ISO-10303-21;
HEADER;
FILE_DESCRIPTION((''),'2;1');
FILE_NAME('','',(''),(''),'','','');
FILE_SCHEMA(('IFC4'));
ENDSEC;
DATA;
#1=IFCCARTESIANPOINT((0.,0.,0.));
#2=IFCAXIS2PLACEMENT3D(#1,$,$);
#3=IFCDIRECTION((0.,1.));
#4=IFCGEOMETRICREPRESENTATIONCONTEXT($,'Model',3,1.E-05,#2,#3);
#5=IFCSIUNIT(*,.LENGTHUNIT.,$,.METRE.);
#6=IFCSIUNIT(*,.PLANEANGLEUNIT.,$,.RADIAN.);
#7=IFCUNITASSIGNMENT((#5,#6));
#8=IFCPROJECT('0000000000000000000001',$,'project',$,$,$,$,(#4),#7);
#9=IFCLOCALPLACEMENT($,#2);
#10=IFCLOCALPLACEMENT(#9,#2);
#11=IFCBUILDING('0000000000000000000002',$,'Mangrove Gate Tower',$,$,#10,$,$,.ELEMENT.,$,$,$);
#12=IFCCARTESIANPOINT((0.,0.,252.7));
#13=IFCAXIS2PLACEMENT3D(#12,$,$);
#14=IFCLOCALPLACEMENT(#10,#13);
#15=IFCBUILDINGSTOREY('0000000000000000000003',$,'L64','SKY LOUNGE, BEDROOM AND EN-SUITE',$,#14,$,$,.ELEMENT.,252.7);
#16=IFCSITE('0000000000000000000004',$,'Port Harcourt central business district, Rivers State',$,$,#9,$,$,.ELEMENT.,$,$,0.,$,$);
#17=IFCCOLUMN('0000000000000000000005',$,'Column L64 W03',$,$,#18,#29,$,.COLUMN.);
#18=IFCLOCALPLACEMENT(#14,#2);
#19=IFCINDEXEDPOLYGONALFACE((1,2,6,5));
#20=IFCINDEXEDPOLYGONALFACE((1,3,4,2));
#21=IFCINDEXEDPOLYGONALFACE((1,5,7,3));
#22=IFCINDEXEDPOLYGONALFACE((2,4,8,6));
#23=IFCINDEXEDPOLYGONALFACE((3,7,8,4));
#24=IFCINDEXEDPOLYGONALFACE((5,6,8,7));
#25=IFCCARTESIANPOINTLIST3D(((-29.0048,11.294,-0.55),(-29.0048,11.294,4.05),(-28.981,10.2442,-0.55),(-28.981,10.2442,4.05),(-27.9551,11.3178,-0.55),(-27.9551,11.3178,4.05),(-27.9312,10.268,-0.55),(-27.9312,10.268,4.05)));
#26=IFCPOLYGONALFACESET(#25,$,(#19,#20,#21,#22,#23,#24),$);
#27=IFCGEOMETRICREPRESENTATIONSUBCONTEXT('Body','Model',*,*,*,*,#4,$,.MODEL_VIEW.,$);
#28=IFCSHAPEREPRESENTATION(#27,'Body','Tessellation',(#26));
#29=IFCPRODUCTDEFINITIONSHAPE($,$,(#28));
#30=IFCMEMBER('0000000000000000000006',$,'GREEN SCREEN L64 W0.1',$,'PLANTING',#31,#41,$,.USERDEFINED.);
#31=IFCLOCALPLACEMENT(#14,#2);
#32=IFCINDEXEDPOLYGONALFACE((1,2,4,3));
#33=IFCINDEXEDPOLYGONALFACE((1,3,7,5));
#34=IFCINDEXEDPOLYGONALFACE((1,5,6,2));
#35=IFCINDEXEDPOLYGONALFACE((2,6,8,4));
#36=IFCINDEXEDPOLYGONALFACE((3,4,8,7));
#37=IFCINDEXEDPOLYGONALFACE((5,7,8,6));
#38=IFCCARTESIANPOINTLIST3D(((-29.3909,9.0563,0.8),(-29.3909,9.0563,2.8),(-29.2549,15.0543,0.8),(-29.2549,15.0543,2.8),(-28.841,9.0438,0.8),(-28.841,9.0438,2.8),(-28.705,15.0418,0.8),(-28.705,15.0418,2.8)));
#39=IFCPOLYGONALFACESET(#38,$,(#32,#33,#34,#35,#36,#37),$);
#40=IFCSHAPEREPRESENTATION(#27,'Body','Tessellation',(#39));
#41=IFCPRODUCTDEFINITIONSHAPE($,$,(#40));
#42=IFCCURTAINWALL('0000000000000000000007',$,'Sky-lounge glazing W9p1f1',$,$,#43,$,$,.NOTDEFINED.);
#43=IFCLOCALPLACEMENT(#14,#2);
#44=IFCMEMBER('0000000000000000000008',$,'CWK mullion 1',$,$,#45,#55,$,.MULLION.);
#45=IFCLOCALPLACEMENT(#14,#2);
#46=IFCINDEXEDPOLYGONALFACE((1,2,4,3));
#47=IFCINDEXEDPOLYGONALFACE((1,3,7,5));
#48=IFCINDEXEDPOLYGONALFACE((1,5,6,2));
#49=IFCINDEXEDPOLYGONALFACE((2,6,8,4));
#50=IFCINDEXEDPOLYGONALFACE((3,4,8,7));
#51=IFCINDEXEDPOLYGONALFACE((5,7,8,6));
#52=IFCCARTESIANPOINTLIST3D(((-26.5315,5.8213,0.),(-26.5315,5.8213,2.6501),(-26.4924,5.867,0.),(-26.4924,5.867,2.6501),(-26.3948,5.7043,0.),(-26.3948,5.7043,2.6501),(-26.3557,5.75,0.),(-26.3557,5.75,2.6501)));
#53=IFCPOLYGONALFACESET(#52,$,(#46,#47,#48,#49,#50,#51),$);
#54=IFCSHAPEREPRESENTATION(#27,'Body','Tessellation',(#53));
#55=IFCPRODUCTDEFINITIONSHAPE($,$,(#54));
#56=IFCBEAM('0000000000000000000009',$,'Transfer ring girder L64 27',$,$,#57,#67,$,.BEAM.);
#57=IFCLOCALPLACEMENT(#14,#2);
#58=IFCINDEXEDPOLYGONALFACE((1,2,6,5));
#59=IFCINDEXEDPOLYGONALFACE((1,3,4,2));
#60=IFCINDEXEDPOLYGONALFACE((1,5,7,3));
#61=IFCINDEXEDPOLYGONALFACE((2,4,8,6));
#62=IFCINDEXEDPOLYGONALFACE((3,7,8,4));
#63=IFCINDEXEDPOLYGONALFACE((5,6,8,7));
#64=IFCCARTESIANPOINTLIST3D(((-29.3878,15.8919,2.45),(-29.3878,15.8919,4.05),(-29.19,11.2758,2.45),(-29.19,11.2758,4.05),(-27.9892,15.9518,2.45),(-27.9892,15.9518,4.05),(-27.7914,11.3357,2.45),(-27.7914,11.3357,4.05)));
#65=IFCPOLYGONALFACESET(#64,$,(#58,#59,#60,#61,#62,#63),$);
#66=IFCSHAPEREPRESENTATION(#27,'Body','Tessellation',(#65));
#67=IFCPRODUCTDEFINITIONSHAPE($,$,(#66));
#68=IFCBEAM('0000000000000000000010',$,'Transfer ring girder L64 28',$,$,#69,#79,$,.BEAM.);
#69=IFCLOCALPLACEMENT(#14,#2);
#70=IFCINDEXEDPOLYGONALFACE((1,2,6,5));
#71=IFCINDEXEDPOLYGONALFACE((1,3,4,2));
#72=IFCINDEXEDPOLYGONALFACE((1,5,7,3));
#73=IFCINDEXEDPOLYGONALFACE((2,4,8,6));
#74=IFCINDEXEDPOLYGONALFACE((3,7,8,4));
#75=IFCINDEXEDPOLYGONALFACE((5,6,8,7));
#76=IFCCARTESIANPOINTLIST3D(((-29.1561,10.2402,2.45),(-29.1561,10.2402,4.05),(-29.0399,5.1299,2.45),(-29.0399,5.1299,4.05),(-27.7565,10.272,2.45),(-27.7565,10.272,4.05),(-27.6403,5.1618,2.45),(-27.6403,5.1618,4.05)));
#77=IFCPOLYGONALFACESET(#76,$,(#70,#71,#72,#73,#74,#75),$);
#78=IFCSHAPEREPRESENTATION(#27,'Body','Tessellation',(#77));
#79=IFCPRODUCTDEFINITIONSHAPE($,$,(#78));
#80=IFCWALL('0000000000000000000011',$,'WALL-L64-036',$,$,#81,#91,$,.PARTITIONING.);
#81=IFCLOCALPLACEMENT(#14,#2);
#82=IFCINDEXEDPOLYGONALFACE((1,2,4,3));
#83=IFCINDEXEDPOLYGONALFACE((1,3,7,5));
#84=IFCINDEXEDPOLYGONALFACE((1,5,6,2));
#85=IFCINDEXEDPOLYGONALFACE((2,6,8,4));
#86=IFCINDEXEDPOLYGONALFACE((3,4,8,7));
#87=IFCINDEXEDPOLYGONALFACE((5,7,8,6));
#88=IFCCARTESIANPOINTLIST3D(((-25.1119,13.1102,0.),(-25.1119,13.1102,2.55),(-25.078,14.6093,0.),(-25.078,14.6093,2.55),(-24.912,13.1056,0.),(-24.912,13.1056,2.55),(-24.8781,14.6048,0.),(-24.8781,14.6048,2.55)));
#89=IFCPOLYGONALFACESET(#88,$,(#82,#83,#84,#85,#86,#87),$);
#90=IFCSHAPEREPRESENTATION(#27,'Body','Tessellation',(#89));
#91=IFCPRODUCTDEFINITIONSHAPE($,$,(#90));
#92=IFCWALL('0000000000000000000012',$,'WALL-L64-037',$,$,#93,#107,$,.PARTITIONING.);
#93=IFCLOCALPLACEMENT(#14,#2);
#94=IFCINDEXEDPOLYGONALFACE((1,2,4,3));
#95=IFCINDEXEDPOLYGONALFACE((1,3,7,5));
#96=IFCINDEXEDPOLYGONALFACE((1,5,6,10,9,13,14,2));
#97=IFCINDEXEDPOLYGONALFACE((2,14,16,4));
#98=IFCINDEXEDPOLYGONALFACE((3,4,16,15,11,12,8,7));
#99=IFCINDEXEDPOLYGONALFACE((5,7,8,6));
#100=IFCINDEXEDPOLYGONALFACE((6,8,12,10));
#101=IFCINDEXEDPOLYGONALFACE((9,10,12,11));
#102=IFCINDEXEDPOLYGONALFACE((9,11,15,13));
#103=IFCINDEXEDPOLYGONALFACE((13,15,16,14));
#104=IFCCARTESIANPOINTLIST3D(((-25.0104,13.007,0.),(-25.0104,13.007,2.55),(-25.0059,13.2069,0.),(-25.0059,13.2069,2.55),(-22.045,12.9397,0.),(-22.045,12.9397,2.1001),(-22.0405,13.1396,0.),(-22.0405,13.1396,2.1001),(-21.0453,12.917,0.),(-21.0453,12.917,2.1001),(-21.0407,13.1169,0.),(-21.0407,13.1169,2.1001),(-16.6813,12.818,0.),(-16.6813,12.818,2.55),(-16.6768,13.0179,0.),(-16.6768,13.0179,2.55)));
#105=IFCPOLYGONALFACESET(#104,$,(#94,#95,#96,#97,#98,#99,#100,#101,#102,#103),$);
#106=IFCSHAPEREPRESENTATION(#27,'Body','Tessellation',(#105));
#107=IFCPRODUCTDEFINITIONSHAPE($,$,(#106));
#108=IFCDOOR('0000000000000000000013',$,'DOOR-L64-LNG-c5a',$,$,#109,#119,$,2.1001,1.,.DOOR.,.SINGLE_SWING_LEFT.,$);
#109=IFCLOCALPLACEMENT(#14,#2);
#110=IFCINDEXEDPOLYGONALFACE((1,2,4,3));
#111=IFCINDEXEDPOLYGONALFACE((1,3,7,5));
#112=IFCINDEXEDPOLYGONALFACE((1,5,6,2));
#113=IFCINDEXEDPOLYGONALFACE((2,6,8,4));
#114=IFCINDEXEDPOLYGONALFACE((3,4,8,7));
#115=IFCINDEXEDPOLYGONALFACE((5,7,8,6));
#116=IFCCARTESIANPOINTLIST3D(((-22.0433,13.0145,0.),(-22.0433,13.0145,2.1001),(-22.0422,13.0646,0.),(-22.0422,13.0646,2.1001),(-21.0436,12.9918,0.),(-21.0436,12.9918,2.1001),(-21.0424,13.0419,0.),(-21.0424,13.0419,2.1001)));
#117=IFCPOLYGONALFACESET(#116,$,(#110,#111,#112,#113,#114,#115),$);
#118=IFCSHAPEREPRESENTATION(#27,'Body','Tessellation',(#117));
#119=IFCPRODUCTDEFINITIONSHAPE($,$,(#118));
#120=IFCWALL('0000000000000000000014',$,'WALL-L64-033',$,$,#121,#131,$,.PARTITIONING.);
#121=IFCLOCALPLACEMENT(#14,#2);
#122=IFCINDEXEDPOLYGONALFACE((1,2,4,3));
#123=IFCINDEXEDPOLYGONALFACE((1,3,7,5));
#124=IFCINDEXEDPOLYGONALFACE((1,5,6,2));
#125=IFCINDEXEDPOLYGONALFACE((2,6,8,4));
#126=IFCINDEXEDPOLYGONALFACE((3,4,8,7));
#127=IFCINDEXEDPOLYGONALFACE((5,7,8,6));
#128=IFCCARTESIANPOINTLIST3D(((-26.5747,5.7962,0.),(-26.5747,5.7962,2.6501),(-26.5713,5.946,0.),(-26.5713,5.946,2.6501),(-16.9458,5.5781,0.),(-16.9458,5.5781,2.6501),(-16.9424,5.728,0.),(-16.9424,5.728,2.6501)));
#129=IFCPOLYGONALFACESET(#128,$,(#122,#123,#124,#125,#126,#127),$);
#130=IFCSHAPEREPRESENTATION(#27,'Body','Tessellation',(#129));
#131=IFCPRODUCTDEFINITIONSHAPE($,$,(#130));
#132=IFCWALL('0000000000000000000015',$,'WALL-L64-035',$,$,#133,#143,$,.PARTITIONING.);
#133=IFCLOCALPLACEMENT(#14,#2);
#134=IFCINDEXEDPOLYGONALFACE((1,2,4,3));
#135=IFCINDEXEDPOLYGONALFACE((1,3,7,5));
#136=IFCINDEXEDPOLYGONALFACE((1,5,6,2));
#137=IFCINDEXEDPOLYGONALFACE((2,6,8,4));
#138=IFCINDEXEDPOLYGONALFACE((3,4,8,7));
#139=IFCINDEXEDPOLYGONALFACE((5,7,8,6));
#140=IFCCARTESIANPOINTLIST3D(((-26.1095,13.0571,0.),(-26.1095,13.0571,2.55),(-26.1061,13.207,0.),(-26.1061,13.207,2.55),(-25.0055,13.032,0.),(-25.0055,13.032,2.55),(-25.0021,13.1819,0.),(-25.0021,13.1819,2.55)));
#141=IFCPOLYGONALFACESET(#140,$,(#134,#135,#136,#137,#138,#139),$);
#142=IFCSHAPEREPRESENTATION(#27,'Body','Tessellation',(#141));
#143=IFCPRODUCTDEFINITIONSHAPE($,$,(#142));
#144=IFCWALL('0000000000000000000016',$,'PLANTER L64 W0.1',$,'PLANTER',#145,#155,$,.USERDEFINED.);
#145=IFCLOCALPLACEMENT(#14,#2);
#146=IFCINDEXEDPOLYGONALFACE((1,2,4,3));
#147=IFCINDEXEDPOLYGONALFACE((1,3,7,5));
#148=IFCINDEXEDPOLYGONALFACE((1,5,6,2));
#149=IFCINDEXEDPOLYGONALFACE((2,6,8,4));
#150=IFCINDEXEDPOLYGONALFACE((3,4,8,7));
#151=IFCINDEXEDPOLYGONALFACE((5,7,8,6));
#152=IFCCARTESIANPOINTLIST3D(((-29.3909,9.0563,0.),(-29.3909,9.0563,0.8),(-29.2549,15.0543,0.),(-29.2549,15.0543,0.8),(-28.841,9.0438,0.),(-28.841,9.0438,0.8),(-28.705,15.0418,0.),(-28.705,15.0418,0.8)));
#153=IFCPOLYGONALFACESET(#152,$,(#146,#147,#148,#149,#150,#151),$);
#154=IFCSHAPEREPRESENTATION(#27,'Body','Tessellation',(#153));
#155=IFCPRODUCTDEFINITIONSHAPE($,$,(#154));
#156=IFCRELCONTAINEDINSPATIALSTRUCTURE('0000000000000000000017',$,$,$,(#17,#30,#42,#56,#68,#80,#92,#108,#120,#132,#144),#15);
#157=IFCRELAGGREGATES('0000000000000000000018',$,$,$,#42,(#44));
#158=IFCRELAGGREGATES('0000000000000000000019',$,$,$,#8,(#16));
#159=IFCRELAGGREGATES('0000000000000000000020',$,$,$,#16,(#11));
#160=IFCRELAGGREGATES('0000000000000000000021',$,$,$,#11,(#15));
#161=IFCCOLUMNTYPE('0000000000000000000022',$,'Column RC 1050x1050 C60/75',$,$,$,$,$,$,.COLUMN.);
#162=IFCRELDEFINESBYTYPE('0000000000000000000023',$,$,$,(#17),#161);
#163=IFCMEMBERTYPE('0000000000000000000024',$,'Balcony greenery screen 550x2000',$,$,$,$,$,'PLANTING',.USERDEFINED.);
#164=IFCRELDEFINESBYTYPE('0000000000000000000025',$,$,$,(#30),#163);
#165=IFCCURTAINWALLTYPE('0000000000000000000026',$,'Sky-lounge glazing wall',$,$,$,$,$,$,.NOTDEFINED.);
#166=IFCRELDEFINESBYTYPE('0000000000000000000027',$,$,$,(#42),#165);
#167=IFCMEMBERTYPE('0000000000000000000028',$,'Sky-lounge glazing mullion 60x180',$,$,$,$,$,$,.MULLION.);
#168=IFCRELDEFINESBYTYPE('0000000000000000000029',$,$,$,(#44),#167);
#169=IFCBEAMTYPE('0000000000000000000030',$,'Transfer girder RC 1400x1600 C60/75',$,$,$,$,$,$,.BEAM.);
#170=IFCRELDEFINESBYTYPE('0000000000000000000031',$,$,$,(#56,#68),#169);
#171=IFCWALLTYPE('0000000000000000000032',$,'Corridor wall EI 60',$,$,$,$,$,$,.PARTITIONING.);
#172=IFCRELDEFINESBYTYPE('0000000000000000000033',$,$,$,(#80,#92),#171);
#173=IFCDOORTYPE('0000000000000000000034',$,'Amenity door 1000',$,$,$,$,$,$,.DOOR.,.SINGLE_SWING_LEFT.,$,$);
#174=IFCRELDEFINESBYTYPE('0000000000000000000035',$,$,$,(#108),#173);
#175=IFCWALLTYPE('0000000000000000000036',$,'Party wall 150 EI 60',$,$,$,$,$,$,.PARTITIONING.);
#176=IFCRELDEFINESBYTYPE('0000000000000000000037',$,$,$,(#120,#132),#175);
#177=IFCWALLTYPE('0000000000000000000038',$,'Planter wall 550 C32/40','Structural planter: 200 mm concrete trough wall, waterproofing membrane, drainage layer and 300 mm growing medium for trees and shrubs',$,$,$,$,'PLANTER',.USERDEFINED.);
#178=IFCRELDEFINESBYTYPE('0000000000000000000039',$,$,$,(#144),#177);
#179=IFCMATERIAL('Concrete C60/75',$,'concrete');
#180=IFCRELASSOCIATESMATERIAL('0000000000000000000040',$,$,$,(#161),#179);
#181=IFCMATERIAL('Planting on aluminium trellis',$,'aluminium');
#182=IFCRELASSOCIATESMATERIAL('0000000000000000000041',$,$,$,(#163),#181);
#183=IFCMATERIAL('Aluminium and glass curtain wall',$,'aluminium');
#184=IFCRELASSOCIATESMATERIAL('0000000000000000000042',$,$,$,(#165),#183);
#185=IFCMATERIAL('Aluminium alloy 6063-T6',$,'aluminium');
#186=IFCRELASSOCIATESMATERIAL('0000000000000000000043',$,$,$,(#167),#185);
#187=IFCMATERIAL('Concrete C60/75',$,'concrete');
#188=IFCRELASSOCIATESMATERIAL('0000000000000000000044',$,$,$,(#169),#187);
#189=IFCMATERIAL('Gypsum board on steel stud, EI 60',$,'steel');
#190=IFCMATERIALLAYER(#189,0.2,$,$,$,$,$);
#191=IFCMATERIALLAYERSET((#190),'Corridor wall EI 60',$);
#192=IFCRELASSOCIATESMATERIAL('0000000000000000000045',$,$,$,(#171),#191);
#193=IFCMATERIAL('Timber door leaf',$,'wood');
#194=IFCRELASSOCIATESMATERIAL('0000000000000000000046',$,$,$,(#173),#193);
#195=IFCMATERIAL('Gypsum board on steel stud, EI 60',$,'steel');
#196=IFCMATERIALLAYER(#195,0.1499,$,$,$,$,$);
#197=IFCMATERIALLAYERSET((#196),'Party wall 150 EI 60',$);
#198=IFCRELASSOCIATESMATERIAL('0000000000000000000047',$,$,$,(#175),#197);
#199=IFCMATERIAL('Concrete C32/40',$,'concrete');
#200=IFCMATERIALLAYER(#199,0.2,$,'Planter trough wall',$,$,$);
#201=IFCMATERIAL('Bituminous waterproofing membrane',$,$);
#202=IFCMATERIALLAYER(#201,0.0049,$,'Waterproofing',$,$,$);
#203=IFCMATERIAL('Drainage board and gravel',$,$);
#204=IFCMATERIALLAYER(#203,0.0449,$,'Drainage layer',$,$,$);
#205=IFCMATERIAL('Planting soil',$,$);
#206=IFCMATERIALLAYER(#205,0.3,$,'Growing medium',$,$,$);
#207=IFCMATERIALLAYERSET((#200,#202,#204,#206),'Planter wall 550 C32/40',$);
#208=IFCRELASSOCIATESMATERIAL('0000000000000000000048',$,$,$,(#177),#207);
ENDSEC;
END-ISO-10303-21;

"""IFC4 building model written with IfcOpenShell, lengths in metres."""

from ifc_helpers import new_model, si_unit, direction, frame, frame_2d, origin, origin_2d, place, context, subcontext, project, spatial, rectangle, extrude, material, layer, layer_set, material_profile, profile_set, type_object, element, fill, aggregate, save


model = new_model("IFC4")

# Units and contexts
model_context = context("Model", 3, precision=1e-05, world=origin(), true_north=direction((0.0, 1.0)))
body_context = subcontext(model_context, "Body", "Model", "MODEL_VIEW")
ifc_project = project(units=[si_unit("LENGTHUNIT", "METRE"), si_unit("PLANEANGLEUNIT", "RADIAN")], contexts=[model_context])

# Site, building, storey
site_placement = place(None, origin())
site = spatial("IfcSite", under=ifc_project, at=site_placement, Name="Port Harcourt central business district, Rivers State", CompositionType="ELEMENT", RefElevation=0.0)
building_placement = place(site_placement, origin())
building = spatial("IfcBuilding", under=site, at=building_placement, Name="Mangrove Gate Tower", CompositionType="ELEMENT")
storey_placement = place(building_placement, frame((0.0, 0.0, 252.7)))
storey = spatial("IfcBuildingStorey", under=building, at=storey_placement, Name="L64", Description="SKY LOUNGE, BEDROOM AND EN-SUITE", CompositionType="ELEMENT", Elevation=252.7)

# Column
ifc_material_1 = material(Name="Concrete C60/75", Category="concrete")
ifc_material_profile_1 = material_profile(ifc_material_1, rectangle(XDim=1.05, YDim=1.05, at=origin_2d()))
ifc_profile_set_1 = profile_set([ifc_material_profile_1], Name="Concrete C60/75")
column_type = type_object("IfcColumnType", Name="Column RC 1050x1050 C60/75", PredefinedType="COLUMN", material=ifc_profile_set_1)
column_placement = place(storey_placement, frame((-28.468, 10.781, -0.55), z_axis=(0.0, 0.0, 1.0), x_axis=(0.02272, -0.999742, 0.0)))
element("IfcColumn", 1, at=column_placement, inside=storey, type_object=column_type, Name="Column L64 W03", PredefinedType="COLUMN", context=body_context, shape_type="SweptSolid", body=[
    extrude(rectangle(XDim=1.05, YDim=1.05, at=origin_2d()), origin(), (0.0, 0.0, 1.0), 4.6001),
])

# Member
ifc_material_2 = material(Name="Planting on aluminium trellis", Category="aluminium")
ifc_material_profile_2 = material_profile(ifc_material_2, rectangle(XDim=0.55, YDim=2.0, at=origin_2d()))
ifc_profile_set_2 = profile_set([ifc_material_profile_2], Name="Planting on aluminium trellis")
member_type_1 = type_object("IfcMemberType", Name="Balcony greenery screen 550x2000", ElementType="PLANTING", PredefinedType="USERDEFINED", material=ifc_profile_set_2)
member_1_placement = place(storey_placement, frame((-29.116, 9.05, 1.8), z_axis=(0.022666, 0.999743, 0.0), x_axis=(-0.999743, 0.022666, 0.0)))
element("IfcMember", 2, at=member_1_placement, inside=storey, type_object=member_type_1, Name="GREEN SCREEN L64 W0.1", ObjectType="PLANTING", PredefinedType="USERDEFINED", context=body_context, shape_type="SweptSolid", body=[
    extrude(rectangle(XDim=0.55, YDim=2.0, at=origin_2d()), origin(), (0.0, 0.0, 1.0), 5.9995),
])

# Curtain wall, member
ifc_material_3 = material(Name="Aluminium and glass curtain wall", Category="aluminium")
curtain_wall_type = type_object("IfcCurtainWallType", Name="Sky-lounge glazing wall", PredefinedType="NOTDEFINED", material=ifc_material_3)
curtain_wall_placement = place(storey_placement, origin())
curtain_wall = element("IfcCurtainWall", 3, at=curtain_wall_placement, inside=storey, type_object=curtain_wall_type, Name="Sky-lounge glazing W9p1f1", PredefinedType="NOTDEFINED")
ifc_material_4 = material(Name="Aluminium alloy 6063-T6", Category="aluminium")
ifc_material_profile_3 = material_profile(ifc_material_4, rectangle(XDim=0.0601, YDim=0.1799, at=origin_2d()))
ifc_profile_set_3 = profile_set([ifc_material_profile_3], Name="Aluminium alloy 6063-T6")
member_type_2 = type_object("IfcMemberType", Name="Sky-lounge glazing mullion 60x180", PredefinedType="MULLION", material=ifc_profile_set_3)
member_2_placement = place(storey_placement, frame((-26.4436, 5.7856, 0.0), z_axis=(0.0, 0.0, 1.0), x_axis=(-0.650133, -0.759821, 0.0)))
member_2 = element("IfcMember", 4, at=member_2_placement, type_object=member_type_2, Name="CWK mullion 1", PredefinedType="MULLION", context=body_context, shape_type="SweptSolid", body=[
    extrude(rectangle(XDim=0.0601, YDim=0.1799, at=origin_2d()), origin(), (0.0, 0.0, 1.0), 2.6501),
])
aggregate(curtain_wall, [member_2])

# Beams
ifc_material_5 = material(Name="Concrete C60/75", Category="concrete")
ifc_material_profile_4 = material_profile(ifc_material_5, rectangle(XDim=1.3999, YDim=1.6001, at=origin_2d()))
ifc_profile_set_4 = profile_set([ifc_material_profile_4], Name="Concrete C60/75")
beam_type = type_object("IfcBeamType", Name="Transfer girder RC 1400x1600 C60/75", PredefinedType="BEAM", material=ifc_profile_set_4)
beam_1_placement = place(storey_placement, frame((-28.6885, 15.9219, 3.25), z_axis=(0.0428, -0.999084, 0.0), x_axis=(0.999084, 0.0428, 0.0)))
element("IfcBeam", 5, at=beam_1_placement, inside=storey, type_object=beam_type, Name="Transfer ring girder L64 27", PredefinedType="BEAM", context=body_context, shape_type="SweptSolid", body=[
    extrude(rectangle(XDim=1.3999, YDim=1.6001, at=origin_2d()), origin(), (0.0, 0.0, 1.0), 4.6204),
])
beam_2_placement = place(storey_placement, frame((-28.4563, 10.2561, 3.25), z_axis=(0.022734, -0.999742, 0.0), x_axis=(0.999742, 0.022734, 0.0)))
element("IfcBeam", 6, at=beam_2_placement, inside=storey, type_object=beam_type, Name="Transfer ring girder L64 28", PredefinedType="BEAM", context=body_context, shape_type="SweptSolid", body=[
    extrude(rectangle(XDim=1.3999, YDim=1.6001, at=origin_2d()), origin(), (0.0, 0.0, 1.0), 5.1116),
])

# Wall
ifc_material_6 = material(Name="Gypsum board on steel stud, EI 60", Category="steel")
ifc_layer_1 = layer(ifc_material_6, 0.2)
ifc_layer_set_1 = layer_set([ifc_layer_1], Name="Corridor wall EI 60")
wall_type_1 = type_object("IfcWallType", Name="Corridor wall EI 60", PredefinedType="PARTITIONING", material=ifc_layer_set_1)
wall_1_placement = place(storey_placement, frame((-25.012, 13.1079, 0.0), z_axis=(0.0, 0.0, 1.0), x_axis=(0.022633, 0.999744, 0.0)))
element("IfcWall", 7, at=wall_1_placement, inside=storey, type_object=wall_type_1, Name="WALL-L64-036", PredefinedType="PARTITIONING", context=body_context, shape_type="SweptSolid", body=[
    extrude(rectangle(XDim=1.4995, YDim=0.2, at=frame_2d((0.7498, 0.0))), origin(), (0.0, 0.0, 1.0), 2.55),
])

# Wall, opening, door
wall_2_placement = place(storey_placement, frame((-25.0081, 13.1069, 0.0), z_axis=(0.0, 0.0, 1.0), x_axis=(0.999743, -0.022681, 0.0)))
wall_2 = element("IfcWall", 8, at=wall_2_placement, inside=storey, type_object=wall_type_1, Name="WALL-L64-037", PredefinedType="PARTITIONING", context=body_context, shape_type="SweptSolid", body=[
    extrude(rectangle(XDim=8.3313, YDim=0.2, at=frame_2d((4.1655, 0.0))), origin(), (0.0, 0.0, 1.0), 2.55),
])
opening_1_placement = place(wall_2_placement, frame((2.9661, 0.0, 0.0)))
opening_1 = element("IfcOpeningElement", 9, at=opening_1_placement, cuts=wall_2, PredefinedType="OPENING", context=body_context, shape_type="SweptSolid", body=[
    extrude(rectangle(XDim=1.0, YDim=2.1001, at=frame_2d((0.5, 1.05))), frame((0.0, 0.1099, 0.0), z_axis=(0.0, -1.0, 0.0), x_axis=(1.0, 0.0, 0.0)), (0.0, 0.0, 1.0), 0.22),
])
ifc_material_7 = material(Name="Timber door leaf", Category="wood")
door_type_1 = type_object("IfcDoorType", Name="Amenity door 1000", OperationType="SINGLE_SWING_LEFT", PredefinedType="DOOR", material=ifc_material_7)
door_1_placement = place(opening_1_placement, origin())
door_1 = element("IfcDoor", 10, at=door_1_placement, inside=storey, type_object=door_type_1, Name="DOOR-L64-LNG-c5a", OperationType="SINGLE_SWING_LEFT", OverallHeight=2.1001, OverallWidth=1.0, PredefinedType="DOOR", context=body_context, shape_type="SweptSolid", body=[
    extrude(rectangle(XDim=1.0, YDim=2.1001, at=frame_2d((0.5, 1.05))), frame((0.0, 0.0249, 0.0), z_axis=(0.0, -1.0, 0.0), x_axis=(1.0, 0.0, 0.0)), (0.0, 0.0, 1.0), 0.05),
])
fill(opening_1, door_1)

# Walls
ifc_material_8 = material(Name="Gypsum board on steel stud, EI 60", Category="steel")
ifc_layer_2 = layer(ifc_material_8, 0.1499)
ifc_layer_set_2 = layer_set([ifc_layer_2], Name="Party wall 150 EI 60")
wall_type_2 = type_object("IfcWallType", Name="Party wall 150 EI 60", PredefinedType="PARTITIONING", material=ifc_layer_set_2)
wall_3_placement = place(storey_placement, frame((-26.573, 5.8711, 0.0), z_axis=(0.0, 0.0, 1.0), x_axis=(0.999744, -0.022636, 0.0)))
element("IfcWall", 11, at=wall_3_placement, inside=storey, type_object=wall_type_2, Name="WALL-L64-033", PredefinedType="PARTITIONING", context=body_context, shape_type="SweptSolid", body=[
    extrude(rectangle(XDim=9.6313, YDim=0.1499, at=frame_2d((4.8157, 0.0))), origin(), (0.0, 0.0, 1.0), 2.6501),
])
wall_4_placement = place(storey_placement, frame((-26.1079, 13.1321, 0.0), z_axis=(0.0, 0.0, 1.0), x_axis=(0.999741, -0.022772, 0.0)))
element("IfcWall", 12, at=wall_4_placement, inside=storey, type_object=wall_type_2, Name="WALL-L64-035", PredefinedType="PARTITIONING", context=body_context, shape_type="SweptSolid", body=[
    extrude(rectangle(XDim=1.1042, YDim=0.1499, at=frame_2d((0.5522, 0.0))), origin(), (0.0, 0.0, 1.0), 2.55),
])
ifc_material_9 = material(Name="Concrete C32/40", Category="concrete")
ifc_layer_3 = layer(ifc_material_9, 0.2, Name="Planter trough wall")
ifc_material_10 = material(Name="Bituminous waterproofing membrane")
ifc_layer_4 = layer(ifc_material_10, 0.0049, Name="Waterproofing")
ifc_material_11 = material(Name="Drainage board and gravel")
ifc_layer_5 = layer(ifc_material_11, 0.0449, Name="Drainage layer")
ifc_material_12 = material(Name="Planting soil")
ifc_layer_6 = layer(ifc_material_12, 0.3, Name="Growing medium")
ifc_layer_set_3 = layer_set([ifc_layer_3, ifc_layer_4, ifc_layer_5, ifc_layer_6], Name="Planter wall 550 C32/40")
wall_type_3 = type_object("IfcWallType", Name="Planter wall 550 C32/40", Description="Structural planter: 200 mm concrete trough wall, waterproofing membrane, drainage layer and 300 mm growing medium for trees and shrubs", ElementType="PLANTER", PredefinedType="USERDEFINED", material=ifc_layer_set_3)
wall_5_placement = place(storey_placement, frame((-29.116, 9.05, 0.0), z_axis=(0.0, 0.0, 1.0), x_axis=(0.022666, 0.999743, 0.0)))
element("IfcWall", 13, at=wall_5_placement, inside=storey, type_object=wall_type_3, Name="PLANTER L64 W0.1", ObjectType="PLANTER", PredefinedType="USERDEFINED", context=body_context, shape_type="SweptSolid", body=[
    extrude(rectangle(XDim=5.9995, YDim=0.55, at=frame_2d((2.9998, 0.0))), origin(), (0.0, 0.0, 1.0), 0.8),
])

save(model, "model.ifc")
